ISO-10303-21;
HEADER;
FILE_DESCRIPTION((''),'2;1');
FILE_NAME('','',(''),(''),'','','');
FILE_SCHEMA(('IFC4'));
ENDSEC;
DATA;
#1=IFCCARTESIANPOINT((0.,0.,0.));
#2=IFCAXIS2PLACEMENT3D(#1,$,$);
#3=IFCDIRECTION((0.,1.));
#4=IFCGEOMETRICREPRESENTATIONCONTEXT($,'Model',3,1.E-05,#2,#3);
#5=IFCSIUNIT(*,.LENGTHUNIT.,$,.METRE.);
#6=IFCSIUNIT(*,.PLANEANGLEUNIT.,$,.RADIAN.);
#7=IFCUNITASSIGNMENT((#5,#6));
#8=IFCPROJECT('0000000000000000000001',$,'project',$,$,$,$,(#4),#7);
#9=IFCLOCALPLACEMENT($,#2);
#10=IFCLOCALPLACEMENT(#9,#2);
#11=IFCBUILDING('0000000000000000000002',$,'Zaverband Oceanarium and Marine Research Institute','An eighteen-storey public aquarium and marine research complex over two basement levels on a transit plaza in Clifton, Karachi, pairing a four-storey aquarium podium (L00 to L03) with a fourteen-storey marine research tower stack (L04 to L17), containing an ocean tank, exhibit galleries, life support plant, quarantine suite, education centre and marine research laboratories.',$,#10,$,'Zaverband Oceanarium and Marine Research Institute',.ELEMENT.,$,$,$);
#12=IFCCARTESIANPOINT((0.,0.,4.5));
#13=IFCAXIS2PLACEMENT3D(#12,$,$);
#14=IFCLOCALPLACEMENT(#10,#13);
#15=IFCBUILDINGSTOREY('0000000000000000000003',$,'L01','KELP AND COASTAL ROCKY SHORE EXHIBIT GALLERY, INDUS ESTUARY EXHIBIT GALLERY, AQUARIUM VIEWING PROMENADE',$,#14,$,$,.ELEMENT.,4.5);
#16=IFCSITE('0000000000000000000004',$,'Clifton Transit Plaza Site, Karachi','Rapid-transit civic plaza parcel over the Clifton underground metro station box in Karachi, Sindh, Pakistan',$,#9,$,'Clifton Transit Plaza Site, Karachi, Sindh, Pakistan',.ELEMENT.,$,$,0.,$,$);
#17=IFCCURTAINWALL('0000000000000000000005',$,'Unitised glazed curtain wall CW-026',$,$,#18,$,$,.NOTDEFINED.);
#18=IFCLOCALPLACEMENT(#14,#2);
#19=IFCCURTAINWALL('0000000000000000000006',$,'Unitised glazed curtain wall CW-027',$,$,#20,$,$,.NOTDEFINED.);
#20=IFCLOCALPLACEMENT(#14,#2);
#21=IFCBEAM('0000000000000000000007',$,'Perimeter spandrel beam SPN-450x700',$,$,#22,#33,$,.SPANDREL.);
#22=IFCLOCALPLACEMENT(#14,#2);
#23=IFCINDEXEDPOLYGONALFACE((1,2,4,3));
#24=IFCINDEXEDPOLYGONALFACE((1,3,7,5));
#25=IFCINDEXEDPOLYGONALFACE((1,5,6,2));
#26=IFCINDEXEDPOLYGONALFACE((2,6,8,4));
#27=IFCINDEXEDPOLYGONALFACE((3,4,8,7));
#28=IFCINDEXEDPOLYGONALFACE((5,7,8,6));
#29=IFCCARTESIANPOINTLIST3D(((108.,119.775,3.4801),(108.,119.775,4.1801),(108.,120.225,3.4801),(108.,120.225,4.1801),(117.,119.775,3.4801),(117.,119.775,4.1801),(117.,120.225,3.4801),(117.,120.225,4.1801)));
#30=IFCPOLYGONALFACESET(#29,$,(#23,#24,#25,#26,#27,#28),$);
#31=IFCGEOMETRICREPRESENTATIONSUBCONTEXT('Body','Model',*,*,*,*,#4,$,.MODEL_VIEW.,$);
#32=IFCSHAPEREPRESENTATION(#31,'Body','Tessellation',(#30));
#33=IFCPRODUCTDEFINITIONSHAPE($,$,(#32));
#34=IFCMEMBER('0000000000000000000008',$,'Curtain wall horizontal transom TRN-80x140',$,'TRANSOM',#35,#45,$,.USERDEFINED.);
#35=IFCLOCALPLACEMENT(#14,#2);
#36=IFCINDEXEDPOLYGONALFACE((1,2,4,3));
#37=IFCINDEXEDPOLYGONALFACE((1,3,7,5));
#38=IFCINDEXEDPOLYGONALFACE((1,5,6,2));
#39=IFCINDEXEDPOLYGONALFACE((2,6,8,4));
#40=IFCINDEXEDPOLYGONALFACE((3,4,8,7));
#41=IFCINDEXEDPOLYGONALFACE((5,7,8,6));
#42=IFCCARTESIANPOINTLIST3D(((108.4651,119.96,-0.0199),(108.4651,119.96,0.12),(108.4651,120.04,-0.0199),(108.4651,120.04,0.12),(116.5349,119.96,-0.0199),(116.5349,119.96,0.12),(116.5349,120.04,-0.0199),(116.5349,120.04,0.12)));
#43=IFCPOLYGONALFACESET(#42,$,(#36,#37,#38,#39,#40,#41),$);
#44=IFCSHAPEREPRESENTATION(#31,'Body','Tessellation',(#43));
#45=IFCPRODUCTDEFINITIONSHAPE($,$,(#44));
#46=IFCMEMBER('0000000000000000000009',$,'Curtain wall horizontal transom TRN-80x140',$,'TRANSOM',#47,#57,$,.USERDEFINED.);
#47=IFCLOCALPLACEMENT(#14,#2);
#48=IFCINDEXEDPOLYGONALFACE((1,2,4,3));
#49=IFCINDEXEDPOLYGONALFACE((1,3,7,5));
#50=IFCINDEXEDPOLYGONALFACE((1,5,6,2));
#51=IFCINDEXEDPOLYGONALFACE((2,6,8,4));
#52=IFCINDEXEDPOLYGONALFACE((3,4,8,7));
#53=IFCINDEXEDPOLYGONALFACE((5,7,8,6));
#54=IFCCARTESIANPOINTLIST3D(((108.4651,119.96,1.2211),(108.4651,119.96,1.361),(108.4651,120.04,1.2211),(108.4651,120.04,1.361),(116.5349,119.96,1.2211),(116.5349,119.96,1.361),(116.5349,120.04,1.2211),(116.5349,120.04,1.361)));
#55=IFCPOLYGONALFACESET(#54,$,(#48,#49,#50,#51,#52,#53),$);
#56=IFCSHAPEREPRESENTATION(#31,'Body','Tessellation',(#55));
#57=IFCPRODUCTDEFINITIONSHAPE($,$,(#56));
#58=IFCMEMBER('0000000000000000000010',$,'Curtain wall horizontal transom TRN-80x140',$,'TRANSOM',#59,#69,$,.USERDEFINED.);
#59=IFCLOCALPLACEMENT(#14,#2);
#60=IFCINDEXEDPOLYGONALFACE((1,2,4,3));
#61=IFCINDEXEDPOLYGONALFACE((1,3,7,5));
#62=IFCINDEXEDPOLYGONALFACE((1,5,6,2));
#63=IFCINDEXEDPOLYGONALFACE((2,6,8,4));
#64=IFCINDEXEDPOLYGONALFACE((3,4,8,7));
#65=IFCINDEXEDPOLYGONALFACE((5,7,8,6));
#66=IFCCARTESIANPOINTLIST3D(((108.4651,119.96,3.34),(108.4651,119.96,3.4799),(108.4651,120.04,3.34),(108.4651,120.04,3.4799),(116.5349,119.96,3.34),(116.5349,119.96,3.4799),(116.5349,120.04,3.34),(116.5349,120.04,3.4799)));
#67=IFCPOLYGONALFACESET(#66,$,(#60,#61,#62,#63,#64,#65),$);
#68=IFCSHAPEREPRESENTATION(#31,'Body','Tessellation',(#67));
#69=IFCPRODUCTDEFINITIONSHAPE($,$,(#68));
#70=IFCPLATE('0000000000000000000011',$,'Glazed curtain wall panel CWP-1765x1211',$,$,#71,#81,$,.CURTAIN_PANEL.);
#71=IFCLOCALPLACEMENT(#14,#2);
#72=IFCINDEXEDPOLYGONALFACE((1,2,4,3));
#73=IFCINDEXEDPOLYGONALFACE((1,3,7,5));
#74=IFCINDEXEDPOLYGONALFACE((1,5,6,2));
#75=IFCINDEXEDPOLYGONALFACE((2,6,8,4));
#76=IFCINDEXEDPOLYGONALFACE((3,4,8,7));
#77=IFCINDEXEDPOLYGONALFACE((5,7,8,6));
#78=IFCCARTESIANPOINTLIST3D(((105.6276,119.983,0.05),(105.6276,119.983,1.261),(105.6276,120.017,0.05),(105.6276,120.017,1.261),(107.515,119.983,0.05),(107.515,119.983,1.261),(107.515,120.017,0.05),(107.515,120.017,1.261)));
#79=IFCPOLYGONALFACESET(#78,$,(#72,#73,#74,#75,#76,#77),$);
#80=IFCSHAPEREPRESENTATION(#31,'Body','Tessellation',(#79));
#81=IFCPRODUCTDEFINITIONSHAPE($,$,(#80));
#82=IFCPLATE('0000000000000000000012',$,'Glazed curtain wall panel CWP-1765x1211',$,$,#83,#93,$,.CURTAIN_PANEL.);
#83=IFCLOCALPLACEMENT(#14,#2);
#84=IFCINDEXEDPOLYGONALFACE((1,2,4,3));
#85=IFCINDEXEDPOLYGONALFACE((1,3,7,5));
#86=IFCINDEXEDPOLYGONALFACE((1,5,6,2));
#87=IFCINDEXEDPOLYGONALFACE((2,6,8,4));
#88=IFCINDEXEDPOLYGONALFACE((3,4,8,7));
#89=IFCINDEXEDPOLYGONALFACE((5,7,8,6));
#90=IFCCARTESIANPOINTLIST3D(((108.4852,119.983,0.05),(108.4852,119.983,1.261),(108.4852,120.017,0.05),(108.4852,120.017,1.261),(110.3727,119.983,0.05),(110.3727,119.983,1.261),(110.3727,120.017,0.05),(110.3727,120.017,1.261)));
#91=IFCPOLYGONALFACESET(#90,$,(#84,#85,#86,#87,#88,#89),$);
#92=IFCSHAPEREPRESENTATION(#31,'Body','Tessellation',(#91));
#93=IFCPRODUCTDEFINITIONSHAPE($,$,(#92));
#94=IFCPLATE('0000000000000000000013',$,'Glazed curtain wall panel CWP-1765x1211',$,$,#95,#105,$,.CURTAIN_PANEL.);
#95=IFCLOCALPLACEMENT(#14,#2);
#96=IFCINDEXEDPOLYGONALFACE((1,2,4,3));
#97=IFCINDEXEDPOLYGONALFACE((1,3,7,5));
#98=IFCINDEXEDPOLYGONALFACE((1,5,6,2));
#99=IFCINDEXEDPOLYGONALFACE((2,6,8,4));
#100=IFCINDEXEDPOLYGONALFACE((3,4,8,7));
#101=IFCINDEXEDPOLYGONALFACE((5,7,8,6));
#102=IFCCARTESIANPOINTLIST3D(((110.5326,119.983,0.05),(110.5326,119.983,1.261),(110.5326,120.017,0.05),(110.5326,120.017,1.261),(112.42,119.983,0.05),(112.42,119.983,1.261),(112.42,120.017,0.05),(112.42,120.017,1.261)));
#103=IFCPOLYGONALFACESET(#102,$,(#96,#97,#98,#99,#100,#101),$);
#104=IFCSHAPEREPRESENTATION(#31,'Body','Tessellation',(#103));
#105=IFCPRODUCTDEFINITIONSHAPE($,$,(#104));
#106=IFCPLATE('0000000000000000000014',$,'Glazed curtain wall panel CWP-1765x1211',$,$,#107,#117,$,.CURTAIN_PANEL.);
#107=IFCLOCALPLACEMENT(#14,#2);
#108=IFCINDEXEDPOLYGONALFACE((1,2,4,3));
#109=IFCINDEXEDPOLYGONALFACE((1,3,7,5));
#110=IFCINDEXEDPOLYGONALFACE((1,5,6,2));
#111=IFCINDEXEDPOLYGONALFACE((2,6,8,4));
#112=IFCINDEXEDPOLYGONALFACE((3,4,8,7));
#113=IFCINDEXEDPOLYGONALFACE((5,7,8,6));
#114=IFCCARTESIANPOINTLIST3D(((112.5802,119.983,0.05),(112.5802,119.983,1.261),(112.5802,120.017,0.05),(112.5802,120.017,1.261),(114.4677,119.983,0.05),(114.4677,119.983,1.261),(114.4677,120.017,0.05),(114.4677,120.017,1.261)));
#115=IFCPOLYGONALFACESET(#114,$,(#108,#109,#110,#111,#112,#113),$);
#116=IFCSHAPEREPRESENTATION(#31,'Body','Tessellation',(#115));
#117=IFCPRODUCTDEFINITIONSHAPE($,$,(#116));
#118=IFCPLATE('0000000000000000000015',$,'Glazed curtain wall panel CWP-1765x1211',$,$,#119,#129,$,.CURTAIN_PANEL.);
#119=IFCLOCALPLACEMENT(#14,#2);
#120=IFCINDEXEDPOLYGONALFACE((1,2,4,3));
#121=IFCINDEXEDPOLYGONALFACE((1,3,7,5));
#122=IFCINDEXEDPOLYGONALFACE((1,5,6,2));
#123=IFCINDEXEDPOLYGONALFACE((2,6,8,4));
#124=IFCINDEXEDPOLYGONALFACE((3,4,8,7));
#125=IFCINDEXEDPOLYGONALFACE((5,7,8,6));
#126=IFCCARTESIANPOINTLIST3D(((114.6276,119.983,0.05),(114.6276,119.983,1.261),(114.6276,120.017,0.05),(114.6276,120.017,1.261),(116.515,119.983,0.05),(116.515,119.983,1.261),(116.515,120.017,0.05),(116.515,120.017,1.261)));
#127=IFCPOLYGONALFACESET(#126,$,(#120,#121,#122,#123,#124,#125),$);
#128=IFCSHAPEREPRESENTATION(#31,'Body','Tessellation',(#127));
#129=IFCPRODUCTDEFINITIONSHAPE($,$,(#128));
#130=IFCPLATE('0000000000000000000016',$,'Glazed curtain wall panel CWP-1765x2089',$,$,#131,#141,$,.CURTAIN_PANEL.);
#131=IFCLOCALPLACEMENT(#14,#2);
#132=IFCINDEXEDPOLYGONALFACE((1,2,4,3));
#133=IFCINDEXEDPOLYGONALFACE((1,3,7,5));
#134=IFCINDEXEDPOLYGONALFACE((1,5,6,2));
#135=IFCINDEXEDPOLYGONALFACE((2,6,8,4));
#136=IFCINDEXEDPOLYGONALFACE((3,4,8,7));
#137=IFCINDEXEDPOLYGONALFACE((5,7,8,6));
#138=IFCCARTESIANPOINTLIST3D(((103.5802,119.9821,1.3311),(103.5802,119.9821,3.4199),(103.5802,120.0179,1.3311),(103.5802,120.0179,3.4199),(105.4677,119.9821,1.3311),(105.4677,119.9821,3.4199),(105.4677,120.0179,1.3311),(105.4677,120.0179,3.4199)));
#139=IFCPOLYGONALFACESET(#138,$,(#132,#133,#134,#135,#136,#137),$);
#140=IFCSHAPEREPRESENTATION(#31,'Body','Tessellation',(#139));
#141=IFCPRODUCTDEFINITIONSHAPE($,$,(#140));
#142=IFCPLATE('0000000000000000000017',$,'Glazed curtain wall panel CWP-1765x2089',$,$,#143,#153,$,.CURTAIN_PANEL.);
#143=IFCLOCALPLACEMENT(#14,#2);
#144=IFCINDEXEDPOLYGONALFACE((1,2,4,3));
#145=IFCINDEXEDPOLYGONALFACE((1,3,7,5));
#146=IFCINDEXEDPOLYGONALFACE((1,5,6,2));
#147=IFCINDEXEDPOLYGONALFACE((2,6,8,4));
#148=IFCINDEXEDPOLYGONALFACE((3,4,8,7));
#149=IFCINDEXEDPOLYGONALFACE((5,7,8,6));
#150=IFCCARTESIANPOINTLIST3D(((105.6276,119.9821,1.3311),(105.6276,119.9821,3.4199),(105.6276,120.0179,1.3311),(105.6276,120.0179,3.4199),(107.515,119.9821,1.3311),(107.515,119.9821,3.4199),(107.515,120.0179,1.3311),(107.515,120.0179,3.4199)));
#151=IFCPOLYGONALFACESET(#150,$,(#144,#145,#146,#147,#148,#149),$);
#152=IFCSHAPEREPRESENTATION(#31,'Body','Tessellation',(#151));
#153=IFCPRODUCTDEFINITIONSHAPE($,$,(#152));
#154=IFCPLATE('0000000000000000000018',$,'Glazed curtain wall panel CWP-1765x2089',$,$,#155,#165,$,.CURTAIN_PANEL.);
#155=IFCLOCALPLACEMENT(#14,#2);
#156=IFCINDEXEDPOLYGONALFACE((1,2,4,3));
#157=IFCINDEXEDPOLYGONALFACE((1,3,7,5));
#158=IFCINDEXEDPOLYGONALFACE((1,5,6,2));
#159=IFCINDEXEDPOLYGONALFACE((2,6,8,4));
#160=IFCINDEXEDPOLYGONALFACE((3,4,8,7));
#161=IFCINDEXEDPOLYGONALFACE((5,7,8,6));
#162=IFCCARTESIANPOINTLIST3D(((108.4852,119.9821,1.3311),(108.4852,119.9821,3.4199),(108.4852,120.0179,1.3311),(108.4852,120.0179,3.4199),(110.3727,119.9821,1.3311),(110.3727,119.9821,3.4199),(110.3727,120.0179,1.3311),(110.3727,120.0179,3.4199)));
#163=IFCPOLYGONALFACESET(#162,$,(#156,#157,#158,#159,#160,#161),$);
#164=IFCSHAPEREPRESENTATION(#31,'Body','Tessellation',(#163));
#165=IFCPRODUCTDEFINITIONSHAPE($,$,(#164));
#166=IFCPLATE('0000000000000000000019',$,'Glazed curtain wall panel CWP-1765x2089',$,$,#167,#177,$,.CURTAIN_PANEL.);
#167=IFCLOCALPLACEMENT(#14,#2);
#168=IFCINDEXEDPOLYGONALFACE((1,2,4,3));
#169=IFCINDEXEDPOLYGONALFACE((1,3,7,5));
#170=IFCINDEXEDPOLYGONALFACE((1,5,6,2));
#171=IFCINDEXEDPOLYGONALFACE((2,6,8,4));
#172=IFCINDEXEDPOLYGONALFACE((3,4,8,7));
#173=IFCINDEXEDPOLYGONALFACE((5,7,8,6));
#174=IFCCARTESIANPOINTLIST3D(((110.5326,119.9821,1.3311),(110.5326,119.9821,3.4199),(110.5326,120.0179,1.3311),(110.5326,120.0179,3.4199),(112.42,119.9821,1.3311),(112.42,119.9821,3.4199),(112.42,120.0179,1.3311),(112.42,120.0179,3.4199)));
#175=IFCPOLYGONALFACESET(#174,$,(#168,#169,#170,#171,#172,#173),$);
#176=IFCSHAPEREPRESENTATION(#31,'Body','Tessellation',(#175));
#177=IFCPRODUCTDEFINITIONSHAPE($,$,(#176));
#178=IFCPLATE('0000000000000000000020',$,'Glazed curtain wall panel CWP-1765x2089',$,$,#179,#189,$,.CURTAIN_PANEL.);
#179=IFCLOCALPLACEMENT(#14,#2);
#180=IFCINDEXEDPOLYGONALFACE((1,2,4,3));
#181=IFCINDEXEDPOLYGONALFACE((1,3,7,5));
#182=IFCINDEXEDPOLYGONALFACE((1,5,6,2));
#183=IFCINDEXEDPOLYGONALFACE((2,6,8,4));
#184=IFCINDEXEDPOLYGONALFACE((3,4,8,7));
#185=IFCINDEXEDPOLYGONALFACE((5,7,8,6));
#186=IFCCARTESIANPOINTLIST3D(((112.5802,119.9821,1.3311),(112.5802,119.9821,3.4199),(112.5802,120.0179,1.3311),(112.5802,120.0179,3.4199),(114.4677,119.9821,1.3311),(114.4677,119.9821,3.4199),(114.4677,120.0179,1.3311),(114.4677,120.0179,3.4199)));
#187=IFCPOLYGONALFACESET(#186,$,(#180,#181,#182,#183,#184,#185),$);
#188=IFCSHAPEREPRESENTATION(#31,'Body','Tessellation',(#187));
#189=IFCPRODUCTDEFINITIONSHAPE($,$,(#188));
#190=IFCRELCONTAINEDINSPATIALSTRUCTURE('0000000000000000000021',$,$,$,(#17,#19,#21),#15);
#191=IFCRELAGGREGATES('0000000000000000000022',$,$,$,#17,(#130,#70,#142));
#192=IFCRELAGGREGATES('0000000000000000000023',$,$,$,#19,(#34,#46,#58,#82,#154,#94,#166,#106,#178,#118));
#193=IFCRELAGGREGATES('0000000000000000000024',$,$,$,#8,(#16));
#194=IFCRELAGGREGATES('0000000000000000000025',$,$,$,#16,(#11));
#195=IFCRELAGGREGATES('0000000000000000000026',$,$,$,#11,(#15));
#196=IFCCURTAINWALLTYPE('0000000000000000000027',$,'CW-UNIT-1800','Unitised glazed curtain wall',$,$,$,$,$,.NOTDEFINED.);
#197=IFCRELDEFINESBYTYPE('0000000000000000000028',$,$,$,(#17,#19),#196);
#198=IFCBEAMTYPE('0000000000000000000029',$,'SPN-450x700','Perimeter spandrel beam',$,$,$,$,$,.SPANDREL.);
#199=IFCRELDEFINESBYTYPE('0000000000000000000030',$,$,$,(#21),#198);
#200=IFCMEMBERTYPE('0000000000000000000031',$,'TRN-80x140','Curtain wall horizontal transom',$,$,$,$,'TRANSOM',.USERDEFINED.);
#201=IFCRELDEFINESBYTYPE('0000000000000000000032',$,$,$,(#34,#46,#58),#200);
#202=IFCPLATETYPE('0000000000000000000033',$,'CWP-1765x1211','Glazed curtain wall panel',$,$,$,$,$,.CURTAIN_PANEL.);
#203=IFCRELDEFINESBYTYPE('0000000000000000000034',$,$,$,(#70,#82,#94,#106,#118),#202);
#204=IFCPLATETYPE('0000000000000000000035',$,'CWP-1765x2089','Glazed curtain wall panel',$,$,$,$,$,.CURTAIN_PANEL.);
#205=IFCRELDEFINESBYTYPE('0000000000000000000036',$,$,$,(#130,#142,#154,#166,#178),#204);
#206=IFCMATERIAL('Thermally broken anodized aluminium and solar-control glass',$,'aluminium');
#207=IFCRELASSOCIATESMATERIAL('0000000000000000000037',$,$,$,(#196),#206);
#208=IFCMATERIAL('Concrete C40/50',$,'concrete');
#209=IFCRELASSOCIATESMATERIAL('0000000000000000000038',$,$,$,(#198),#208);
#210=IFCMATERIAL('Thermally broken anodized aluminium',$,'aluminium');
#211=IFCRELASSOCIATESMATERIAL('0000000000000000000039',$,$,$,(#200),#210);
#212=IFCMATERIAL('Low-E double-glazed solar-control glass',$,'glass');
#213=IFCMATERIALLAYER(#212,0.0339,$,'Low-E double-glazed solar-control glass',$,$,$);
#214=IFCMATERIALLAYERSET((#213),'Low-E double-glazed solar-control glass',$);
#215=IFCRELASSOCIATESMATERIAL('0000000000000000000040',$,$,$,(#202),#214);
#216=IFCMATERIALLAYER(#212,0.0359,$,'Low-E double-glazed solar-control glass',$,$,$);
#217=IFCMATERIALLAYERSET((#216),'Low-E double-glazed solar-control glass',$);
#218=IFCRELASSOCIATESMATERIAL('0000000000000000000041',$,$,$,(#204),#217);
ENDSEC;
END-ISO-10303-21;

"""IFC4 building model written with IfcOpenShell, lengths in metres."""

from ifc_helpers import new_model, si_unit, direction, frame, frame_2d, origin, origin_2d, place, context, subcontext, project, spatial, rectangle, extrude, material, layer, layer_set, material_profile, profile_set, type_object, element, aggregate, save


model = new_model("IFC4")

# Units and contexts
model_context = context("Model", 3, precision=1e-05, world=origin(), true_north=direction((0.0, 1.0)))
body_context = subcontext(model_context, "Body", "Model", "MODEL_VIEW")
ifc_project = project(units=[si_unit("LENGTHUNIT", "METRE"), si_unit("PLANEANGLEUNIT", "RADIAN")], contexts=[model_context])

# Site, building, storey
site_placement = place(None, origin())
site = spatial("IfcSite", under=ifc_project, at=site_placement, Name="Clifton Transit Plaza Site, Karachi", Description="Rapid-transit civic plaza parcel over the Clifton underground metro station box in Karachi, Sindh, Pakistan", LongName="Clifton Transit Plaza Site, Karachi, Sindh, Pakistan", CompositionType="ELEMENT", RefElevation=0.0)
building_placement = place(site_placement, origin())
building = spatial("IfcBuilding", under=site, at=building_placement, Name="Zaverband Oceanarium and Marine Research Institute", Description="An eighteen-storey public aquarium and marine research complex over two basement levels on a transit plaza in Clifton, Karachi, pairing a four-storey aquarium podium (L00 to L03) with a fourteen-storey marine research tower stack (L04 to L17), containing an ocean tank, exhibit galleries, life support plant, quarantine suite, education centre and marine research laboratories.", LongName="Zaverband Oceanarium and Marine Research Institute", CompositionType="ELEMENT")
storey_placement = place(building_placement, frame((0.0, 0.0, 4.5)))
storey = spatial("IfcBuildingStorey", under=building, at=storey_placement, Name="L01", Description="KELP AND COASTAL ROCKY SHORE EXHIBIT GALLERY, INDUS ESTUARY EXHIBIT GALLERY, AQUARIUM VIEWING PROMENADE", CompositionType="ELEMENT", Elevation=4.5)

# Shared definitions
ifc_material_1 = material(Name="Concrete C40/50", Category="concrete")

# Curtain walls
ifc_material_2 = material(Name="Thermally broken anodized aluminium and solar-control glass", Category="aluminium")
curtain_wall_type = type_object("IfcCurtainWallType", Name="CW-UNIT-1800", Description="Unitised glazed curtain wall", PredefinedType="NOTDEFINED", material=ifc_material_2)
curtain_wall_1_placement = place(storey_placement, origin())
curtain_wall_1 = element("IfcCurtainWall", 1, at=curtain_wall_1_placement, inside=storey, type_object=curtain_wall_type, Name="Unitised glazed curtain wall CW-026", PredefinedType="NOTDEFINED")
ifc_material_3 = material(Name="Thermally broken anodized aluminium", Category="aluminium")
curtain_wall_2_placement = place(storey_placement, origin())
curtain_wall_2 = element("IfcCurtainWall", 2, at=curtain_wall_2_placement, inside=storey, type_object=curtain_wall_type, Name="Unitised glazed curtain wall CW-027", PredefinedType="NOTDEFINED")

# Beam
ifc_material_profile_1 = material_profile(ifc_material_1, rectangle(XDim=0.45, YDim=0.7, at=origin_2d()), Name="RC450x700")
ifc_profile_set_1 = profile_set([ifc_material_profile_1], Name="Concrete C40/50")
beam_type_1 = type_object("IfcBeamType", Name="SPN-450x700", Description="Perimeter spandrel beam", PredefinedType="SPANDREL", material=ifc_profile_set_1)
beam_placement = place(storey_placement, frame((108.0, 120.0, 3.8301), z_axis=(1.0, 0.0, 0.0), x_axis=(0.0, 1.0, 0.0)))
element("IfcBeam", 3, at=beam_placement, inside=storey, type_object=beam_type_1, Name="Perimeter spandrel beam SPN-450x700", PredefinedType="SPANDREL", context=body_context, shape_type="SweptSolid", body=[
    extrude(rectangle(XDim=0.45, YDim=0.7, at=origin_2d()), origin(), (0.0, 0.0, 1.0), 9.0),
])

# Members
ifc_material_profile_2 = material_profile(ifc_material_3, rectangle(XDim=0.0801, YDim=0.1399, at=origin_2d()), Name="AL-TRN-80x140")
ifc_profile_set_2 = profile_set([ifc_material_profile_2], Name="Thermally broken anodized aluminium")
member_type_1 = type_object("IfcMemberType", Name="TRN-80x140", Description="Curtain wall horizontal transom", ElementType="TRANSOM", PredefinedType="USERDEFINED", material=ifc_profile_set_2)
member_1_placement = place(storey_placement, frame((108.4651, 120.0, 0.05), z_axis=(1.0, 0.0, 0.0), x_axis=(0.0, 1.0, 0.0)))
member_1 = element("IfcMember", 4, at=member_1_placement, type_object=member_type_1, Name="Curtain wall horizontal transom TRN-80x140", ObjectType="TRANSOM", PredefinedType="USERDEFINED", context=body_context, shape_type="SweptSolid", body=[
    extrude(rectangle(XDim=0.0801, YDim=0.1399, at=origin_2d()), origin(), (0.0, 0.0, 1.0), 8.0698),
])
member_2_placement = place(storey_placement, frame((108.4651, 120.0, 1.291), z_axis=(1.0, 0.0, 0.0), x_axis=(0.0, 1.0, 0.0)))
member_2 = element("IfcMember", 5, at=member_2_placement, type_object=member_type_1, Name="Curtain wall horizontal transom TRN-80x140", ObjectType="TRANSOM", PredefinedType="USERDEFINED", context=body_context, shape_type="SweptSolid", body=[
    extrude(rectangle(XDim=0.0801, YDim=0.1399, at=origin_2d()), origin(), (0.0, 0.0, 1.0), 8.0698),
])
member_3_placement = place(storey_placement, frame((108.4651, 120.0, 3.4099), z_axis=(1.0, 0.0, 0.0), x_axis=(0.0, 1.0, 0.0)))
member_3 = element("IfcMember", 6, at=member_3_placement, type_object=member_type_1, Name="Curtain wall horizontal transom TRN-80x140", ObjectType="TRANSOM", PredefinedType="USERDEFINED", context=body_context, shape_type="SweptSolid", body=[
    extrude(rectangle(XDim=0.0801, YDim=0.1399, at=origin_2d()), origin(), (0.0, 0.0, 1.0), 8.0698),
])

# Plates
ifc_material_4 = material(Name="Low-E double-glazed solar-control glass", Category="glass")
ifc_layer_1 = layer(ifc_material_4, 0.0339, Name="Low-E double-glazed solar-control glass")
ifc_layer_set_1 = layer_set([ifc_layer_1], Name="Low-E double-glazed solar-control glass")
plate_type_1 = type_object("IfcPlateType", Name="CWP-1765x1211", Description="Glazed curtain wall panel", PredefinedType="CURTAIN_PANEL", material=ifc_layer_set_1)
plate_1_placement = place(storey_placement, frame((105.6274, 120.0, 0.05), z_axis=(0.0, 0.0, 1.0), x_axis=(1.0, 0.0, 0.0)))
plate_1 = element("IfcPlate", 7, at=plate_1_placement, type_object=plate_type_1, Name="Glazed curtain wall panel CWP-1765x1211", PredefinedType="CURTAIN_PANEL", context=body_context, shape_type="SweptSolid", body=[
    extrude(rectangle(XDim=1.8875, YDim=0.0339, at=frame_2d((0.9438, 0.0))), origin(), (0.0, 0.0, 1.0), 1.2109),
])
plate_2_placement = place(storey_placement, frame((108.4851, 120.0, 0.05), z_axis=(0.0, 0.0, 1.0), x_axis=(1.0, 0.0, 0.0)))
plate_2 = element("IfcPlate", 8, at=plate_2_placement, type_object=plate_type_1, Name="Glazed curtain wall panel CWP-1765x1211", PredefinedType="CURTAIN_PANEL", context=body_context, shape_type="SweptSolid", body=[
    extrude(rectangle(XDim=1.8875, YDim=0.0339, at=frame_2d((0.9438, 0.0))), origin(), (0.0, 0.0, 1.0), 1.2109),
])
plate_3_placement = place(storey_placement, frame((110.5325, 120.0, 0.05), z_axis=(0.0, 0.0, 1.0), x_axis=(1.0, 0.0, 0.0)))
plate_3 = element("IfcPlate", 9, at=plate_3_placement, type_object=plate_type_1, Name="Glazed curtain wall panel CWP-1765x1211", PredefinedType="CURTAIN_PANEL", context=body_context, shape_type="SweptSolid", body=[
    extrude(rectangle(XDim=1.8875, YDim=0.0339, at=frame_2d((0.9438, 0.0))), origin(), (0.0, 0.0, 1.0), 1.2109),
])
plate_4_placement = place(storey_placement, frame((112.5801, 120.0, 0.05), z_axis=(0.0, 0.0, 1.0), x_axis=(1.0, 0.0, 0.0)))
plate_4 = element("IfcPlate", 10, at=plate_4_placement, type_object=plate_type_1, Name="Glazed curtain wall panel CWP-1765x1211", PredefinedType="CURTAIN_PANEL", context=body_context, shape_type="SweptSolid", body=[
    extrude(rectangle(XDim=1.8875, YDim=0.0339, at=frame_2d((0.9438, 0.0))), origin(), (0.0, 0.0, 1.0), 1.2109),
])
plate_5_placement = place(storey_placement, frame((114.6274, 120.0, 0.05), z_axis=(0.0, 0.0, 1.0), x_axis=(1.0, 0.0, 0.0)))
plate_5 = element("IfcPlate", 11, at=plate_5_placement, type_object=plate_type_1, Name="Glazed curtain wall panel CWP-1765x1211", PredefinedType="CURTAIN_PANEL", context=body_context, shape_type="SweptSolid", body=[
    extrude(rectangle(XDim=1.8875, YDim=0.0339, at=frame_2d((0.9438, 0.0))), origin(), (0.0, 0.0, 1.0), 1.2109),
])
ifc_layer_2 = layer(ifc_material_4, 0.0359, Name="Low-E double-glazed solar-control glass")
ifc_layer_set_2 = layer_set([ifc_layer_2], Name="Low-E double-glazed solar-control glass")
plate_type_2 = type_object("IfcPlateType", Name="CWP-1765x2089", Description="Glazed curtain wall panel", PredefinedType="CURTAIN_PANEL", material=ifc_layer_set_2)
plate_6_placement = place(storey_placement, frame((103.5801, 120.0, 1.3311), z_axis=(0.0, 0.0, 1.0), x_axis=(1.0, 0.0, 0.0)))
plate_6 = element("IfcPlate", 12, at=plate_6_placement, type_object=plate_type_2, Name="Glazed curtain wall panel CWP-1765x2089", PredefinedType="CURTAIN_PANEL", context=body_context, shape_type="SweptSolid", body=[
    extrude(rectangle(XDim=1.8875, YDim=0.0359, at=frame_2d((0.9438, 0.0))), origin(), (0.0, 0.0, 1.0), 2.0889),
])
plate_7_placement = place(storey_placement, frame((105.6274, 120.0, 1.3311), z_axis=(0.0, 0.0, 1.0), x_axis=(1.0, 0.0, 0.0)))
plate_7 = element("IfcPlate", 13, at=plate_7_placement, type_object=plate_type_2, Name="Glazed curtain wall panel CWP-1765x2089", PredefinedType="CURTAIN_PANEL", context=body_context, shape_type="SweptSolid", body=[
    extrude(rectangle(XDim=1.8875, YDim=0.0359, at=frame_2d((0.9438, 0.0))), origin(), (0.0, 0.0, 1.0), 2.0889),
])
aggregate(curtain_wall_1, [plate_6, plate_1, plate_7])
plate_8_placement = place(storey_placement, frame((108.4851, 120.0, 1.3311), z_axis=(0.0, 0.0, 1.0), x_axis=(1.0, 0.0, 0.0)))
plate_8 = element("IfcPlate", 14, at=plate_8_placement, type_object=plate_type_2, Name="Glazed curtain wall panel CWP-1765x2089", PredefinedType="CURTAIN_PANEL", context=body_context, shape_type="SweptSolid", body=[
    extrude(rectangle(XDim=1.8875, YDim=0.0359, at=frame_2d((0.9438, 0.0))), origin(), (0.0, 0.0, 1.0), 2.0889),
])
plate_9_placement = place(storey_placement, frame((110.5325, 120.0, 1.3311), z_axis=(0.0, 0.0, 1.0), x_axis=(1.0, 0.0, 0.0)))
plate_9 = element("IfcPlate", 15, at=plate_9_placement, type_object=plate_type_2, Name="Glazed curtain wall panel CWP-1765x2089", PredefinedType="CURTAIN_PANEL", context=body_context, shape_type="SweptSolid", body=[
    extrude(rectangle(XDim=1.8875, YDim=0.0359, at=frame_2d((0.9438, 0.0))), origin(), (0.0, 0.0, 1.0), 2.0889),
])
plate_10_placement = place(storey_placement, frame((112.5801, 120.0, 1.3311), z_axis=(0.0, 0.0, 1.0), x_axis=(1.0, 0.0, 0.0)))
plate_10 = element("IfcPlate", 16, at=plate_10_placement, type_object=plate_type_2, Name="Glazed curtain wall panel CWP-1765x2089", PredefinedType="CURTAIN_PANEL", context=body_context, shape_type="SweptSolid", body=[
    extrude(rectangle(XDim=1.8875, YDim=0.0359, at=frame_2d((0.9438, 0.0))), origin(), (0.0, 0.0, 1.0), 2.0889),
])
aggregate(curtain_wall_2, [member_1, member_2, member_3, plate_2, plate_8, plate_3, plate_9, plate_4, plate_10, plate_5])

save(model, "model.ifc")
